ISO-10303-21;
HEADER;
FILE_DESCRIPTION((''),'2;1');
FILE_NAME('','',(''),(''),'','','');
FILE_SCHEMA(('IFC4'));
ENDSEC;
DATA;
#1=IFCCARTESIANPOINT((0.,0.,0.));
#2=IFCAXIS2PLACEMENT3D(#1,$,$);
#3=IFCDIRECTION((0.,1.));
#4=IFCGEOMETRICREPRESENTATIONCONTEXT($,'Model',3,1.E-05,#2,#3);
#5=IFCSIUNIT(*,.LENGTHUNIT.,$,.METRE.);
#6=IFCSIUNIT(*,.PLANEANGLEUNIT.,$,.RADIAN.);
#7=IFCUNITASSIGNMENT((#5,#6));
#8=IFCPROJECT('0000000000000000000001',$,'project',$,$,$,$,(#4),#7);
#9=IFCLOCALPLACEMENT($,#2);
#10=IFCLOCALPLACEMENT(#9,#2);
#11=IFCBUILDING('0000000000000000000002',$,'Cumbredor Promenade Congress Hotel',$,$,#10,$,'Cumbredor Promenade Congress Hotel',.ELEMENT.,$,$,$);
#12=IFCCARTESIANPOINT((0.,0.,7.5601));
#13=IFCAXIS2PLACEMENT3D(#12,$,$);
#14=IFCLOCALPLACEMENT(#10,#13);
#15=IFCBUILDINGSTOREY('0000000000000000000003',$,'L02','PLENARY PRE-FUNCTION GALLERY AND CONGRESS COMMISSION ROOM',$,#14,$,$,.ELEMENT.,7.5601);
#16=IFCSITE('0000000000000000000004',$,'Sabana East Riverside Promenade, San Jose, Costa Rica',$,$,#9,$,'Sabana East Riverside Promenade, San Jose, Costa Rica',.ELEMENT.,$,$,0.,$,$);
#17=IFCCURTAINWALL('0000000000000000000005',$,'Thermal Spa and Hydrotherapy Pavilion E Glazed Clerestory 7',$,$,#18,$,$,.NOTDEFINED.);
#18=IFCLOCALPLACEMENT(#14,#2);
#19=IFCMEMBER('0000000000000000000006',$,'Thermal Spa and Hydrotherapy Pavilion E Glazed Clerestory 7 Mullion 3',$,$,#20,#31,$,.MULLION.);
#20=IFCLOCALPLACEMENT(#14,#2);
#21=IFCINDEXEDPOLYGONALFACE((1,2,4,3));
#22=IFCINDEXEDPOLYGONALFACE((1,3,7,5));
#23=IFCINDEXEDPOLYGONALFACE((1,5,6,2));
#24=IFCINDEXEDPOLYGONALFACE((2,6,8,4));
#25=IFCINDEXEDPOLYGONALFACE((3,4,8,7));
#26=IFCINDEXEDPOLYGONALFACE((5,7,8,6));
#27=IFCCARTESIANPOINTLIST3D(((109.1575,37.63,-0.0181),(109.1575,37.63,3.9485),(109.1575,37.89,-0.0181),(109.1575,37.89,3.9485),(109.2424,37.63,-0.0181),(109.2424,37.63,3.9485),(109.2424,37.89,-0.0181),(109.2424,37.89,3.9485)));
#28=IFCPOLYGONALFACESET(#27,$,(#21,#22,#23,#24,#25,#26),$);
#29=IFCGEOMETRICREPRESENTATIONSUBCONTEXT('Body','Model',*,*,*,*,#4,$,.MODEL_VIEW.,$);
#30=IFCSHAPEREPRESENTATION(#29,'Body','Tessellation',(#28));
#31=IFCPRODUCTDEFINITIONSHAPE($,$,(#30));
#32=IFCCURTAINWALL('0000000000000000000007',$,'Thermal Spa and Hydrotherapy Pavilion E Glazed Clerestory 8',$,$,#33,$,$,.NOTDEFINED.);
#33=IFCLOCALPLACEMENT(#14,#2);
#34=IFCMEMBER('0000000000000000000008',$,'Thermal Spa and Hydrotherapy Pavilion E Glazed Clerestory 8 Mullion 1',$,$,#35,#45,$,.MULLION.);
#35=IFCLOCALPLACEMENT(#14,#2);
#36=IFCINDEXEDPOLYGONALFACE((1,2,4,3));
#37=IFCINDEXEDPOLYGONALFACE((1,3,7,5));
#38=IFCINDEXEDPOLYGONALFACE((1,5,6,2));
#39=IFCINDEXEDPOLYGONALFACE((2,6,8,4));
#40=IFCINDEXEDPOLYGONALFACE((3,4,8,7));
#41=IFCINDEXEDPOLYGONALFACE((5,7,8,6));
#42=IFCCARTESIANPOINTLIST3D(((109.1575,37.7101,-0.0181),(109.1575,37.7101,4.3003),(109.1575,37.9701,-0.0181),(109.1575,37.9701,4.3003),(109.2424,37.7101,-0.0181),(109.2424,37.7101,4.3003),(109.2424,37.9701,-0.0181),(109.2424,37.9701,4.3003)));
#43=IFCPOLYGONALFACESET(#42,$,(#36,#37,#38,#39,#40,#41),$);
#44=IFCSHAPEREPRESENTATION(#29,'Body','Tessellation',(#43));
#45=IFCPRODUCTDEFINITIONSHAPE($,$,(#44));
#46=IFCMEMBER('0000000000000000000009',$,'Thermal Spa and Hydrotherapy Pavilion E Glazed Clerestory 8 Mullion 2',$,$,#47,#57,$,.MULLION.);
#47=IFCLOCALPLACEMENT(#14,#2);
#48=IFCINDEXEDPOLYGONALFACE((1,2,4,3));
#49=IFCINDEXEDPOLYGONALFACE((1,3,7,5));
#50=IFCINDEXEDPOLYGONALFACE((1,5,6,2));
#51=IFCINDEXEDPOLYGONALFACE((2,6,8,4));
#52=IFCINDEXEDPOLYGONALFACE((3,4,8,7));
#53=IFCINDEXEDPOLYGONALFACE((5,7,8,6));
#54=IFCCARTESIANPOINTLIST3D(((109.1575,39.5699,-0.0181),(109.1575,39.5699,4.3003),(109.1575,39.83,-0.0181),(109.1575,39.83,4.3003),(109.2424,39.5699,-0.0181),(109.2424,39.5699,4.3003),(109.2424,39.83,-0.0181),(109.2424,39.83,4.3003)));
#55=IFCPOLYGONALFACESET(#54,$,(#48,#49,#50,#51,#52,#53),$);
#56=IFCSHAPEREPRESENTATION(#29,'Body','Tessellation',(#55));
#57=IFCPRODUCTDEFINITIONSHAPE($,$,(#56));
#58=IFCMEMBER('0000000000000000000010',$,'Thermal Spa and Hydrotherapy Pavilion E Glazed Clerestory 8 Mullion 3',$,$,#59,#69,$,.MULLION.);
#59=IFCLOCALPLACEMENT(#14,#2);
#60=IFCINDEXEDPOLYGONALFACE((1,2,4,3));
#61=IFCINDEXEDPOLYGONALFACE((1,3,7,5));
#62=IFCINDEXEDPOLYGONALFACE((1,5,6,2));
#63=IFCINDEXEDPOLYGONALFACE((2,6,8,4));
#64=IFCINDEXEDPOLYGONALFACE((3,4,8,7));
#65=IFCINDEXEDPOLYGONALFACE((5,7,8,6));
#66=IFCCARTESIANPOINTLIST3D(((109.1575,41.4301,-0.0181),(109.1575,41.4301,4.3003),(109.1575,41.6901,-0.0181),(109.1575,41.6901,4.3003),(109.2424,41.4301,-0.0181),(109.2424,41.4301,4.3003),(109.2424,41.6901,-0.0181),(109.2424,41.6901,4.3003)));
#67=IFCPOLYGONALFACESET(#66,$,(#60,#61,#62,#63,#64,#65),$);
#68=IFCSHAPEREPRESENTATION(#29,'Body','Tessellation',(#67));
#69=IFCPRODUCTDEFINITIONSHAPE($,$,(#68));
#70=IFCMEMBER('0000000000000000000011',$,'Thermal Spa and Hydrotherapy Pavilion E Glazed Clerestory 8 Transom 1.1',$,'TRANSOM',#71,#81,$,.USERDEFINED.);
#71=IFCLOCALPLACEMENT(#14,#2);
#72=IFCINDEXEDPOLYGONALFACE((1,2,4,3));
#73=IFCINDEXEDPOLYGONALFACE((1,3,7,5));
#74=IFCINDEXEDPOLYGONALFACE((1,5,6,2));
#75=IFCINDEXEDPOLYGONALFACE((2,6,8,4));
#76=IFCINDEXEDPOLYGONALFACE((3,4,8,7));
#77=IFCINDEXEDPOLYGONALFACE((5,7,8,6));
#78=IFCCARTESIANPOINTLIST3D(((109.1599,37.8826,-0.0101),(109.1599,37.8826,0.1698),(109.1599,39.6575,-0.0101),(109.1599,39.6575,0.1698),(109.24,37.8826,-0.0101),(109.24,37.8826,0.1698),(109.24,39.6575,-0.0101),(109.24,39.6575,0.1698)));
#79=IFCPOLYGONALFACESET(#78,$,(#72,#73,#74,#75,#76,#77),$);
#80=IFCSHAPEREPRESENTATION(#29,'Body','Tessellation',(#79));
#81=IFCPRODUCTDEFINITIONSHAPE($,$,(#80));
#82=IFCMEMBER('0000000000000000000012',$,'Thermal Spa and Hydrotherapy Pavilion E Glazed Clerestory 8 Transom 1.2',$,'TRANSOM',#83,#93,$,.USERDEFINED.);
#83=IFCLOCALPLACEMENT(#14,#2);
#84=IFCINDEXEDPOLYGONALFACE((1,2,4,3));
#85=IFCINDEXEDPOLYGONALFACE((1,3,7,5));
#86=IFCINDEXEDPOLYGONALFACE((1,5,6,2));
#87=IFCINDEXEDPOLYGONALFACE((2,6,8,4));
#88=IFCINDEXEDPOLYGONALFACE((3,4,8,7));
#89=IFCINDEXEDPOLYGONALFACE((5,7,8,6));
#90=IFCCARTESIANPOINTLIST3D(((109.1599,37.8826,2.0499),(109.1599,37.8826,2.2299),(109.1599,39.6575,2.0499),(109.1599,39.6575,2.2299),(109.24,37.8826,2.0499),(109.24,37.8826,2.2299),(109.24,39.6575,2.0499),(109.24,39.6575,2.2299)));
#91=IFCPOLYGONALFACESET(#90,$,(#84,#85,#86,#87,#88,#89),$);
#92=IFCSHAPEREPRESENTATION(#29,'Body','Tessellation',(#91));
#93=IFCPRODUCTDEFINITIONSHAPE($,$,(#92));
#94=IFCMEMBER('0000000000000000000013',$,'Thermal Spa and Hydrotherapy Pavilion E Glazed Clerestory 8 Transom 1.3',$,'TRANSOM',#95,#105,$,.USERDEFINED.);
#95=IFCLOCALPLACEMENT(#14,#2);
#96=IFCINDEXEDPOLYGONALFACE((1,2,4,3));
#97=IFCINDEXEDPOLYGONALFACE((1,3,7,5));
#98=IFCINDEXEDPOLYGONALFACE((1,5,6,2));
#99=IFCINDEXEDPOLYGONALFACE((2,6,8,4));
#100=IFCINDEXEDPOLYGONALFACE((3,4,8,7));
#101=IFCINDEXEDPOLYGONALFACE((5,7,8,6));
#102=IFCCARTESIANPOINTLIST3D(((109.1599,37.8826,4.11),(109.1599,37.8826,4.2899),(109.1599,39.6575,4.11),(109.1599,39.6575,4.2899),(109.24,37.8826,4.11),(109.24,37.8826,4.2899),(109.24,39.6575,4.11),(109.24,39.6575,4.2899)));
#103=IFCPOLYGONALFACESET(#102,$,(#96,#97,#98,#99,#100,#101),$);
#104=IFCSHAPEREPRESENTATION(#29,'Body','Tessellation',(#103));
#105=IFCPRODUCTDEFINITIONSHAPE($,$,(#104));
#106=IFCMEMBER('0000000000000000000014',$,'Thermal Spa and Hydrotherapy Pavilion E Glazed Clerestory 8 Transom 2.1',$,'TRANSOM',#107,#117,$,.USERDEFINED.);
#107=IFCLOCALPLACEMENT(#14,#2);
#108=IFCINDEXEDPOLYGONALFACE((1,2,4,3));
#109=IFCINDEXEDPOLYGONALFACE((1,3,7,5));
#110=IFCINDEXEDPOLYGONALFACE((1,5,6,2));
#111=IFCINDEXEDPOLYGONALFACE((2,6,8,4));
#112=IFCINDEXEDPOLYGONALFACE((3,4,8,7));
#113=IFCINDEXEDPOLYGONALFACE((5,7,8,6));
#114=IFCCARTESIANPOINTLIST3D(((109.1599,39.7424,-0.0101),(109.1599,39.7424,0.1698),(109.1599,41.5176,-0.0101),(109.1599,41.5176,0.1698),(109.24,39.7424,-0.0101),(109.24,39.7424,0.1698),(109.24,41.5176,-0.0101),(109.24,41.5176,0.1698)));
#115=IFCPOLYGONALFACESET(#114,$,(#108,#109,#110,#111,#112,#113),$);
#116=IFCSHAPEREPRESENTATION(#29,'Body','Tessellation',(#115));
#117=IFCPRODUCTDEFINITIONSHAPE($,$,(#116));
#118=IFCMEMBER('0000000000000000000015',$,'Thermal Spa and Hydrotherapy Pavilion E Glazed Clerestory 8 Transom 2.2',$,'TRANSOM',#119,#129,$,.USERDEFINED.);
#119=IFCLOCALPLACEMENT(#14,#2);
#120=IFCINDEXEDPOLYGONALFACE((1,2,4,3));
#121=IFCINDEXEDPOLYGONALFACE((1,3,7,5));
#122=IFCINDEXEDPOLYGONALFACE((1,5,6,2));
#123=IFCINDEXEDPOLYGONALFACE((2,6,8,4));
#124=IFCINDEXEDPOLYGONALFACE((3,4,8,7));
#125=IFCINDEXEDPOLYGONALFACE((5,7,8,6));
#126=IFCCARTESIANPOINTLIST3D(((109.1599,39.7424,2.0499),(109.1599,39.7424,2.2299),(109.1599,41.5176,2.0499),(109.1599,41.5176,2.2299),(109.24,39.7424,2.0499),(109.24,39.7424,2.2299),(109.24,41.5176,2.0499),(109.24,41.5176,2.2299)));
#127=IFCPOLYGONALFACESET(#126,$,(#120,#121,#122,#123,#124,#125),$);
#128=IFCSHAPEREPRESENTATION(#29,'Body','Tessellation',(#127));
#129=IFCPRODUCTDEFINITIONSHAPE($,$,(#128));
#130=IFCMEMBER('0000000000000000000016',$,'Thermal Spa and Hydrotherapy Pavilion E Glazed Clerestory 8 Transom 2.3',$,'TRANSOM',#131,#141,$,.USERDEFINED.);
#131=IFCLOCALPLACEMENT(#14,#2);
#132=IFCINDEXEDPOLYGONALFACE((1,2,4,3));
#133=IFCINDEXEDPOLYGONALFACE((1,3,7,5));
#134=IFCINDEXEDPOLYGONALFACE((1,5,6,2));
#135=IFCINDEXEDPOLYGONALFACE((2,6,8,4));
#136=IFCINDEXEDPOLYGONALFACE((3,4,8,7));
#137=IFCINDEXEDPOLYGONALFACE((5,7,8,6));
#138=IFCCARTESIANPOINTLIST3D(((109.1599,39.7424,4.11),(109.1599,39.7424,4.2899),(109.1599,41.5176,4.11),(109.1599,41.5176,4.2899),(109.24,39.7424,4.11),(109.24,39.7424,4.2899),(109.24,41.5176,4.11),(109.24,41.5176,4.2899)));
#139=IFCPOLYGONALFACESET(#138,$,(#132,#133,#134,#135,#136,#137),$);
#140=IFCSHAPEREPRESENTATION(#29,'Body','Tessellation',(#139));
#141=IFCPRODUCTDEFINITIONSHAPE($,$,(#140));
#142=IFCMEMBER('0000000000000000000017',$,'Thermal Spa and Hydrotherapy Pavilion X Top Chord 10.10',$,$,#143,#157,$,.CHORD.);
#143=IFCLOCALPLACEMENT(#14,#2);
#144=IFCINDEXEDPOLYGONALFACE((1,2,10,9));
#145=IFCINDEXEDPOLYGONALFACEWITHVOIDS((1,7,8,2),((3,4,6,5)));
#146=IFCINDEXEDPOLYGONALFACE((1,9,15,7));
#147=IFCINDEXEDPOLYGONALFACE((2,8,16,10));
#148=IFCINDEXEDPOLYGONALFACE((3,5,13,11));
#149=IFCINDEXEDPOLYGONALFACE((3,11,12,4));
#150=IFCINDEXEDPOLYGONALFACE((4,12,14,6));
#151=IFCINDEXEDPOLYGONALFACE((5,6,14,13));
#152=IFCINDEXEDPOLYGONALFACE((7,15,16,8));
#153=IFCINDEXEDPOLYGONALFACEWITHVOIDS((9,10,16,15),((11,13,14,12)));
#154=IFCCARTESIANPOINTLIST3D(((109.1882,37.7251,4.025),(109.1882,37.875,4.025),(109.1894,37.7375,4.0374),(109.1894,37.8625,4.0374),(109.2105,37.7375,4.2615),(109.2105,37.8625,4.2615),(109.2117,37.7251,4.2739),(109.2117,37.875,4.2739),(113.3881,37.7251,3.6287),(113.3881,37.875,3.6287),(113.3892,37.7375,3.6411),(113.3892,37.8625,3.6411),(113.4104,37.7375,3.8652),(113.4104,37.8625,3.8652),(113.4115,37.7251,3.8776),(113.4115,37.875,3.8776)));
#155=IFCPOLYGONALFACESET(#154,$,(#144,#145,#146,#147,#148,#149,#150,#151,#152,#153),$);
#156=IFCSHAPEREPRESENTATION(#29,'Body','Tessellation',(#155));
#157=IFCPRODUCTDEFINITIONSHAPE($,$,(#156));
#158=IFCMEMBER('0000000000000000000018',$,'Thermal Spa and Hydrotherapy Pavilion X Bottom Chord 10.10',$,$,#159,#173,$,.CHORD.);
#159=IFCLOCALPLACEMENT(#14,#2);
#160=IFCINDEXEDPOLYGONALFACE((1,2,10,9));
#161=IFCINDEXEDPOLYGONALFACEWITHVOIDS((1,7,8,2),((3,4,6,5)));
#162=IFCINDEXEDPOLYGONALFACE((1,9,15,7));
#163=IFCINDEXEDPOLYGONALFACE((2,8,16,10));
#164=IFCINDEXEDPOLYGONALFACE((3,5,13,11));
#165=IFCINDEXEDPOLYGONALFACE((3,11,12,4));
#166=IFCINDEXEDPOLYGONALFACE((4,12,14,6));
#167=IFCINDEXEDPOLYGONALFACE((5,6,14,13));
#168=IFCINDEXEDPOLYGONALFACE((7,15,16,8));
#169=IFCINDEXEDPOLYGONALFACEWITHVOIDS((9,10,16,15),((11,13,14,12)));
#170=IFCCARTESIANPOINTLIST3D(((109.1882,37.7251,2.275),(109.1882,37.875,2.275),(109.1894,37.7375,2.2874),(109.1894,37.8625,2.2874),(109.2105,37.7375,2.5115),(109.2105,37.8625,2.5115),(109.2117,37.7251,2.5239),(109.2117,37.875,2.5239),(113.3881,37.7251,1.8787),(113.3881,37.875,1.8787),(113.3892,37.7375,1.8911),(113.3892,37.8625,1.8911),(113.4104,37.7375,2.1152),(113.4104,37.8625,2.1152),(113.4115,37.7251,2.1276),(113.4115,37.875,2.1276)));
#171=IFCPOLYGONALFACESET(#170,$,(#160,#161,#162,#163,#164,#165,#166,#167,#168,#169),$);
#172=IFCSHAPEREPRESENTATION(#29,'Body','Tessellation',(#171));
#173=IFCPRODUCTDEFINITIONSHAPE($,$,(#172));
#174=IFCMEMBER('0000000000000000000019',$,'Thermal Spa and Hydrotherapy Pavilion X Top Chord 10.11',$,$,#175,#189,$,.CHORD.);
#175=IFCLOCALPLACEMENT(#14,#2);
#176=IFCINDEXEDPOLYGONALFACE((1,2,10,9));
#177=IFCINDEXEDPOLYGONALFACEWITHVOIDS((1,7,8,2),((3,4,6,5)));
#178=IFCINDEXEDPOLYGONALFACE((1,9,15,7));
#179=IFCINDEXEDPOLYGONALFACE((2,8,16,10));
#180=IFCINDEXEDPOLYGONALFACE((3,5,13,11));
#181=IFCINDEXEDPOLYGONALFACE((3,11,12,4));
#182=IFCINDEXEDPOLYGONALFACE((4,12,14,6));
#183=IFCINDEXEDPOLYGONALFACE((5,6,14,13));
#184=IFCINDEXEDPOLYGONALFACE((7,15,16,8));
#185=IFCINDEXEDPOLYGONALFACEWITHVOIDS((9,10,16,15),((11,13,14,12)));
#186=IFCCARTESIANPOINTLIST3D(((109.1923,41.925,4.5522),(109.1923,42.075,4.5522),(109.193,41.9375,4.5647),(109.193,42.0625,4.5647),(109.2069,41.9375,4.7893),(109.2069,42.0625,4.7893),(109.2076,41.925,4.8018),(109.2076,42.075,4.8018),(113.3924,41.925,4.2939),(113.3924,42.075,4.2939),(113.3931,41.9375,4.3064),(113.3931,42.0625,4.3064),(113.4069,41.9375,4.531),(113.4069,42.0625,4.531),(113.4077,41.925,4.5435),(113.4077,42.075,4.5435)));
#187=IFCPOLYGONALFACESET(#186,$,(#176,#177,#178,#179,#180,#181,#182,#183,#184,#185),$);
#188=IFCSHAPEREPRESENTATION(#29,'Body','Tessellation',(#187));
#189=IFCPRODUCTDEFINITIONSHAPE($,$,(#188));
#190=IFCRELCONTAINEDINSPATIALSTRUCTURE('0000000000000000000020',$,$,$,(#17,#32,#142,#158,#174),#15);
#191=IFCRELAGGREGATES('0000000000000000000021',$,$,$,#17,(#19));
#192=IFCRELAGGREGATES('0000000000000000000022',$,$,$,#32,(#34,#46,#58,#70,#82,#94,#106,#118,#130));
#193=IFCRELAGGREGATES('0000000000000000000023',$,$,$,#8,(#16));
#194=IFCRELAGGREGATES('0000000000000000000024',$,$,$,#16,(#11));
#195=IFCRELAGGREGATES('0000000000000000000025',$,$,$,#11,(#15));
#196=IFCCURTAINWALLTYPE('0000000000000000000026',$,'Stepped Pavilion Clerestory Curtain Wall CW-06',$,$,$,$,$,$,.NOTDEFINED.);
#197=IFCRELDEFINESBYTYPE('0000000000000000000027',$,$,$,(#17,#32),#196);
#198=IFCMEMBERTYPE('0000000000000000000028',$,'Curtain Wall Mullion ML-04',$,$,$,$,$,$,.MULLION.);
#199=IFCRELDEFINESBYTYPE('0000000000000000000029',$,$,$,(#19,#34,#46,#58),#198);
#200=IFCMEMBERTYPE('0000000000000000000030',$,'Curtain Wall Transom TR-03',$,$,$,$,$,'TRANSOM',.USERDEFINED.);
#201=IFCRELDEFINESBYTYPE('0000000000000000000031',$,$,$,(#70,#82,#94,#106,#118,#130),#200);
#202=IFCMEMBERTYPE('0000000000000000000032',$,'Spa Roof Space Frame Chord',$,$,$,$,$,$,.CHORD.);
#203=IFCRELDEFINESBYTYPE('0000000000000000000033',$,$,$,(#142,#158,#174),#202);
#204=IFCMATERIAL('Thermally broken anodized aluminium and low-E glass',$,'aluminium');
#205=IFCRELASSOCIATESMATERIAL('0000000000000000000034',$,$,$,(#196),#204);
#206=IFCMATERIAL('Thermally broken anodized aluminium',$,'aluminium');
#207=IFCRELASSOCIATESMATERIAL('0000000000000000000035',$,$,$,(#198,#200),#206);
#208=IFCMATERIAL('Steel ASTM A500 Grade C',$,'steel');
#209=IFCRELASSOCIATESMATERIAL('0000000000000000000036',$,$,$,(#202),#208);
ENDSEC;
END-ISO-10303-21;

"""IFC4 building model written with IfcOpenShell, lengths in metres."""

from ifc_helpers import new_model, si_unit, direction, frame, origin, origin_2d, place, context, subcontext, project, spatial, rectangle, hollow_rectangle, extrude, material, material_profile, profile_set, type_object, element, aggregate, save


model = new_model("IFC4")

# Units and contexts
model_context = context("Model", 3, precision=1e-05, world=origin(), true_north=direction((0.0, 1.0)))
body_context = subcontext(model_context, "Body", "Model", "MODEL_VIEW")
ifc_project = project(units=[si_unit("LENGTHUNIT", "METRE"), si_unit("PLANEANGLEUNIT", "RADIAN")], contexts=[model_context])

# Site, building, storey
site_placement = place(None, origin())
site = spatial("IfcSite", under=ifc_project, at=site_placement, Name="Sabana East Riverside Promenade, San Jose, Costa Rica", LongName="Sabana East Riverside Promenade, San Jose, Costa Rica", CompositionType="ELEMENT", RefElevation=0.0)
building_placement = place(site_placement, origin())
building = spatial("IfcBuilding", under=site, at=building_placement, Name="Cumbredor Promenade Congress Hotel", LongName="Cumbredor Promenade Congress Hotel", CompositionType="ELEMENT")
storey_placement = place(building_placement, frame((0.0, 0.0, 7.5601)))
storey = spatial("IfcBuildingStorey", under=building, at=storey_placement, Name="L02", Description="PLENARY PRE-FUNCTION GALLERY AND CONGRESS COMMISSION ROOM", CompositionType="ELEMENT", Elevation=7.5601)

# Curtain wall, member
ifc_material_1 = material(Name="Thermally broken anodized aluminium and low-E glass", Category="aluminium")
curtain_wall_type = type_object("IfcCurtainWallType", Name="Stepped Pavilion Clerestory Curtain Wall CW-06", PredefinedType="NOTDEFINED", material=ifc_material_1)
curtain_wall_1_placement = place(storey_placement, origin())
curtain_wall_1 = element("IfcCurtainWall", 1, at=curtain_wall_1_placement, inside=storey, type_object=curtain_wall_type, Name="Thermal Spa and Hydrotherapy Pavilion E Glazed Clerestory 7", PredefinedType="NOTDEFINED")
ifc_material_2 = material(Name="Thermally broken anodized aluminium", Category="aluminium")
ifc_material_profile_1 = material_profile(ifc_material_2, rectangle(XDim=0.085, YDim=0.26, at=origin_2d()), Name="ALU MULLION CLERESTORY 85x260")
ifc_profile_set_1 = profile_set([ifc_material_profile_1], Name="Thermally broken anodized aluminium")
member_type_1 = type_object("IfcMemberType", Name="Curtain Wall Mullion ML-04", PredefinedType="MULLION", material=ifc_profile_set_1)
member_1_placement = place(storey_placement, frame((109.2, 37.76, -0.0181), z_axis=(0.0, 0.0, 1.0), x_axis=(1.0, 0.0, 0.0)))
member_1 = element("IfcMember", 2, at=member_1_placement, type_object=member_type_1, Name="Thermal Spa and Hydrotherapy Pavilion E Glazed Clerestory 7 Mullion 3", PredefinedType="MULLION", context=body_context, shape_type="SweptSolid", body=[
    extrude(rectangle(XDim=0.085, YDim=0.26, at=origin_2d()), origin(), (0.0, 0.0, 1.0), 3.9666),
])

# Curtain wall, members
curtain_wall_2_placement = place(storey_placement, origin())
curtain_wall_2 = element("IfcCurtainWall", 3, at=curtain_wall_2_placement, inside=storey, type_object=curtain_wall_type, Name="Thermal Spa and Hydrotherapy Pavilion E Glazed Clerestory 8", PredefinedType="NOTDEFINED")
member_2_placement = place(storey_placement, frame((109.2, 37.8401, -0.0181), z_axis=(0.0, 0.0, 1.0), x_axis=(1.0, 0.0, 0.0)))
member_2 = element("IfcMember", 4, at=member_2_placement, type_object=member_type_1, Name="Thermal Spa and Hydrotherapy Pavilion E Glazed Clerestory 8 Mullion 1", PredefinedType="MULLION", context=body_context, shape_type="SweptSolid", body=[
    extrude(rectangle(XDim=0.085, YDim=0.26, at=origin_2d()), origin(), (0.0, 0.0, 1.0), 4.3184),
])
member_3_placement = place(storey_placement, frame((109.2, 39.7, -0.0181), z_axis=(0.0, 0.0, 1.0), x_axis=(1.0, 0.0, 0.0)))
member_3 = element("IfcMember", 5, at=member_3_placement, type_object=member_type_1, Name="Thermal Spa and Hydrotherapy Pavilion E Glazed Clerestory 8 Mullion 2", PredefinedType="MULLION", context=body_context, shape_type="SweptSolid", body=[
    extrude(rectangle(XDim=0.085, YDim=0.26, at=origin_2d()), origin(), (0.0, 0.0, 1.0), 4.3184),
])
member_4_placement = place(storey_placement, frame((109.2, 41.5601, -0.0181), z_axis=(0.0, 0.0, 1.0), x_axis=(1.0, 0.0, 0.0)))
member_4 = element("IfcMember", 6, at=member_4_placement, type_object=member_type_1, Name="Thermal Spa and Hydrotherapy Pavilion E Glazed Clerestory 8 Mullion 3", PredefinedType="MULLION", context=body_context, shape_type="SweptSolid", body=[
    extrude(rectangle(XDim=0.085, YDim=0.26, at=origin_2d()), origin(), (0.0, 0.0, 1.0), 4.3184),
])
ifc_material_profile_2 = material_profile(ifc_material_2, rectangle(XDim=0.0801, YDim=0.1799, at=origin_2d()), Name="ALU TRANSOM 80x180")
ifc_profile_set_2 = profile_set([ifc_material_profile_2], Name="Thermally broken anodized aluminium")
member_type_2 = type_object("IfcMemberType", Name="Curtain Wall Transom TR-03", ElementType="TRANSOM", PredefinedType="USERDEFINED", material=ifc_profile_set_2)
member_5_placement = place(storey_placement, frame((109.2, 37.8826, 0.0798), z_axis=(0.0, 1.0, 0.0), x_axis=(-1.0, 0.0, 0.0)))
member_5 = element("IfcMember", 7, at=member_5_placement, type_object=member_type_2, Name="Thermal Spa and Hydrotherapy Pavilion E Glazed Clerestory 8 Transom 1.1", ObjectType="TRANSOM", PredefinedType="USERDEFINED", context=body_context, shape_type="SweptSolid", body=[
    extrude(rectangle(XDim=0.0801, YDim=0.1799, at=origin_2d()), origin(), (0.0, 0.0, 1.0), 1.7749),
])
member_6_placement = place(storey_placement, frame((109.2, 37.8826, 2.1399), z_axis=(0.0, 1.0, 0.0), x_axis=(-1.0, 0.0, 0.0)))
member_6 = element("IfcMember", 8, at=member_6_placement, type_object=member_type_2, Name="Thermal Spa and Hydrotherapy Pavilion E Glazed Clerestory 8 Transom 1.2", ObjectType="TRANSOM", PredefinedType="USERDEFINED", context=body_context, shape_type="SweptSolid", body=[
    extrude(rectangle(XDim=0.0801, YDim=0.1799, at=origin_2d()), origin(), (0.0, 0.0, 1.0), 1.7749),
])
member_7_placement = place(storey_placement, frame((109.2, 37.8826, 4.2), z_axis=(0.0, 1.0, 0.0), x_axis=(-1.0, 0.0, 0.0)))
member_7 = element("IfcMember", 9, at=member_7_placement, type_object=member_type_2, Name="Thermal Spa and Hydrotherapy Pavilion E Glazed Clerestory 8 Transom 1.3", ObjectType="TRANSOM", PredefinedType="USERDEFINED", context=body_context, shape_type="SweptSolid", body=[
    extrude(rectangle(XDim=0.0801, YDim=0.1799, at=origin_2d()), origin(), (0.0, 0.0, 1.0), 1.7749),
])
member_8_placement = place(storey_placement, frame((109.2, 39.7424, 0.0798), z_axis=(0.0, 1.0, 0.0), x_axis=(-1.0, 0.0, 0.0)))
member_8 = element("IfcMember", 10, at=member_8_placement, type_object=member_type_2, Name="Thermal Spa and Hydrotherapy Pavilion E Glazed Clerestory 8 Transom 2.1", ObjectType="TRANSOM", PredefinedType="USERDEFINED", context=body_context, shape_type="SweptSolid", body=[
    extrude(rectangle(XDim=0.0801, YDim=0.1799, at=origin_2d()), origin(), (0.0, 0.0, 1.0), 1.7751),
])
member_9_placement = place(storey_placement, frame((109.2, 39.7424, 2.1399), z_axis=(0.0, 1.0, 0.0), x_axis=(-1.0, 0.0, 0.0)))
member_9 = element("IfcMember", 11, at=member_9_placement, type_object=member_type_2, Name="Thermal Spa and Hydrotherapy Pavilion E Glazed Clerestory 8 Transom 2.2", ObjectType="TRANSOM", PredefinedType="USERDEFINED", context=body_context, shape_type="SweptSolid", body=[
    extrude(rectangle(XDim=0.0801, YDim=0.1799, at=origin_2d()), origin(), (0.0, 0.0, 1.0), 1.7751),
])
member_10_placement = place(storey_placement, frame((109.2, 39.7424, 4.2), z_axis=(0.0, 1.0, 0.0), x_axis=(-1.0, 0.0, 0.0)))
member_10 = element("IfcMember", 12, at=member_10_placement, type_object=member_type_2, Name="Thermal Spa and Hydrotherapy Pavilion E Glazed Clerestory 8 Transom 2.3", ObjectType="TRANSOM", PredefinedType="USERDEFINED", context=body_context, shape_type="SweptSolid", body=[
    extrude(rectangle(XDim=0.0801, YDim=0.1799, at=origin_2d()), origin(), (0.0, 0.0, 1.0), 1.7751),
])

# Members
ifc_material_3 = material(Name="Steel ASTM A500 Grade C", Category="steel")
ifc_material_profile_3 = material_profile(ifc_material_3, hollow_rectangle(XDim=0.1499, YDim=0.25, WallThickness=0.0125, at=origin_2d()), Name="HSS 250x150x12.5")
ifc_profile_set_3 = profile_set([ifc_material_profile_3], Name="Steel ASTM A500 Grade C")
member_type_3 = type_object("IfcMemberType", Name="Spa Roof Space Frame Chord", PredefinedType="CHORD", material=ifc_profile_set_3)
for number, where, z_axis, x_axis, name in (
    (13, (109.2, 37.8, 4.1494), (0.995579, 0.0, -0.093927), (0.0, 1.0, 0.0), "Thermal Spa and Hydrotherapy Pavilion X Top Chord 10.10"),
    (14, (109.2, 37.8, 2.3994), (0.995579, 0.0, -0.093927), (0.0, 1.0, 0.0), "Thermal Spa and Hydrotherapy Pavilion X Bottom Chord 10.10"),
):
    element("IfcMember", number, at=place(storey_placement, frame(where, z_axis=z_axis, x_axis=x_axis)), inside=storey, type_object=member_type_3, Name=name, PredefinedType="CHORD", context=body_context, shape_type="SweptSolid", body=[
        extrude(hollow_rectangle(XDim=0.1499, YDim=0.25, WallThickness=0.0125, at=origin_2d()), origin(), (0.0, 0.0, 1.0), 4.2185),
    ])
for number, where, z_axis, x_axis, name in (
    (15, (109.2, 42.0, 4.677), (0.998114, 0.0, -0.061385), (0.0, 1.0, 0.0), "Thermal Spa and Hydrotherapy Pavilion X Top Chord 10.11"),
):
    element("IfcMember", number, at=place(storey_placement, frame(where, z_axis=z_axis, x_axis=x_axis)), inside=storey, type_object=member_type_3, Name=name, PredefinedType="CHORD", context=body_context, shape_type="SweptSolid", body=[
        extrude(hollow_rectangle(XDim=0.1499, YDim=0.25, WallThickness=0.0125, at=origin_2d()), origin(), (0.0, 0.0, 1.0), 4.208),
    ])

aggregate(curtain_wall_1, [member_1])
aggregate(curtain_wall_2, [member_2, member_3, member_4, member_5, member_6, member_7, member_8, member_9, member_10])

save(model, "model.ifc")
